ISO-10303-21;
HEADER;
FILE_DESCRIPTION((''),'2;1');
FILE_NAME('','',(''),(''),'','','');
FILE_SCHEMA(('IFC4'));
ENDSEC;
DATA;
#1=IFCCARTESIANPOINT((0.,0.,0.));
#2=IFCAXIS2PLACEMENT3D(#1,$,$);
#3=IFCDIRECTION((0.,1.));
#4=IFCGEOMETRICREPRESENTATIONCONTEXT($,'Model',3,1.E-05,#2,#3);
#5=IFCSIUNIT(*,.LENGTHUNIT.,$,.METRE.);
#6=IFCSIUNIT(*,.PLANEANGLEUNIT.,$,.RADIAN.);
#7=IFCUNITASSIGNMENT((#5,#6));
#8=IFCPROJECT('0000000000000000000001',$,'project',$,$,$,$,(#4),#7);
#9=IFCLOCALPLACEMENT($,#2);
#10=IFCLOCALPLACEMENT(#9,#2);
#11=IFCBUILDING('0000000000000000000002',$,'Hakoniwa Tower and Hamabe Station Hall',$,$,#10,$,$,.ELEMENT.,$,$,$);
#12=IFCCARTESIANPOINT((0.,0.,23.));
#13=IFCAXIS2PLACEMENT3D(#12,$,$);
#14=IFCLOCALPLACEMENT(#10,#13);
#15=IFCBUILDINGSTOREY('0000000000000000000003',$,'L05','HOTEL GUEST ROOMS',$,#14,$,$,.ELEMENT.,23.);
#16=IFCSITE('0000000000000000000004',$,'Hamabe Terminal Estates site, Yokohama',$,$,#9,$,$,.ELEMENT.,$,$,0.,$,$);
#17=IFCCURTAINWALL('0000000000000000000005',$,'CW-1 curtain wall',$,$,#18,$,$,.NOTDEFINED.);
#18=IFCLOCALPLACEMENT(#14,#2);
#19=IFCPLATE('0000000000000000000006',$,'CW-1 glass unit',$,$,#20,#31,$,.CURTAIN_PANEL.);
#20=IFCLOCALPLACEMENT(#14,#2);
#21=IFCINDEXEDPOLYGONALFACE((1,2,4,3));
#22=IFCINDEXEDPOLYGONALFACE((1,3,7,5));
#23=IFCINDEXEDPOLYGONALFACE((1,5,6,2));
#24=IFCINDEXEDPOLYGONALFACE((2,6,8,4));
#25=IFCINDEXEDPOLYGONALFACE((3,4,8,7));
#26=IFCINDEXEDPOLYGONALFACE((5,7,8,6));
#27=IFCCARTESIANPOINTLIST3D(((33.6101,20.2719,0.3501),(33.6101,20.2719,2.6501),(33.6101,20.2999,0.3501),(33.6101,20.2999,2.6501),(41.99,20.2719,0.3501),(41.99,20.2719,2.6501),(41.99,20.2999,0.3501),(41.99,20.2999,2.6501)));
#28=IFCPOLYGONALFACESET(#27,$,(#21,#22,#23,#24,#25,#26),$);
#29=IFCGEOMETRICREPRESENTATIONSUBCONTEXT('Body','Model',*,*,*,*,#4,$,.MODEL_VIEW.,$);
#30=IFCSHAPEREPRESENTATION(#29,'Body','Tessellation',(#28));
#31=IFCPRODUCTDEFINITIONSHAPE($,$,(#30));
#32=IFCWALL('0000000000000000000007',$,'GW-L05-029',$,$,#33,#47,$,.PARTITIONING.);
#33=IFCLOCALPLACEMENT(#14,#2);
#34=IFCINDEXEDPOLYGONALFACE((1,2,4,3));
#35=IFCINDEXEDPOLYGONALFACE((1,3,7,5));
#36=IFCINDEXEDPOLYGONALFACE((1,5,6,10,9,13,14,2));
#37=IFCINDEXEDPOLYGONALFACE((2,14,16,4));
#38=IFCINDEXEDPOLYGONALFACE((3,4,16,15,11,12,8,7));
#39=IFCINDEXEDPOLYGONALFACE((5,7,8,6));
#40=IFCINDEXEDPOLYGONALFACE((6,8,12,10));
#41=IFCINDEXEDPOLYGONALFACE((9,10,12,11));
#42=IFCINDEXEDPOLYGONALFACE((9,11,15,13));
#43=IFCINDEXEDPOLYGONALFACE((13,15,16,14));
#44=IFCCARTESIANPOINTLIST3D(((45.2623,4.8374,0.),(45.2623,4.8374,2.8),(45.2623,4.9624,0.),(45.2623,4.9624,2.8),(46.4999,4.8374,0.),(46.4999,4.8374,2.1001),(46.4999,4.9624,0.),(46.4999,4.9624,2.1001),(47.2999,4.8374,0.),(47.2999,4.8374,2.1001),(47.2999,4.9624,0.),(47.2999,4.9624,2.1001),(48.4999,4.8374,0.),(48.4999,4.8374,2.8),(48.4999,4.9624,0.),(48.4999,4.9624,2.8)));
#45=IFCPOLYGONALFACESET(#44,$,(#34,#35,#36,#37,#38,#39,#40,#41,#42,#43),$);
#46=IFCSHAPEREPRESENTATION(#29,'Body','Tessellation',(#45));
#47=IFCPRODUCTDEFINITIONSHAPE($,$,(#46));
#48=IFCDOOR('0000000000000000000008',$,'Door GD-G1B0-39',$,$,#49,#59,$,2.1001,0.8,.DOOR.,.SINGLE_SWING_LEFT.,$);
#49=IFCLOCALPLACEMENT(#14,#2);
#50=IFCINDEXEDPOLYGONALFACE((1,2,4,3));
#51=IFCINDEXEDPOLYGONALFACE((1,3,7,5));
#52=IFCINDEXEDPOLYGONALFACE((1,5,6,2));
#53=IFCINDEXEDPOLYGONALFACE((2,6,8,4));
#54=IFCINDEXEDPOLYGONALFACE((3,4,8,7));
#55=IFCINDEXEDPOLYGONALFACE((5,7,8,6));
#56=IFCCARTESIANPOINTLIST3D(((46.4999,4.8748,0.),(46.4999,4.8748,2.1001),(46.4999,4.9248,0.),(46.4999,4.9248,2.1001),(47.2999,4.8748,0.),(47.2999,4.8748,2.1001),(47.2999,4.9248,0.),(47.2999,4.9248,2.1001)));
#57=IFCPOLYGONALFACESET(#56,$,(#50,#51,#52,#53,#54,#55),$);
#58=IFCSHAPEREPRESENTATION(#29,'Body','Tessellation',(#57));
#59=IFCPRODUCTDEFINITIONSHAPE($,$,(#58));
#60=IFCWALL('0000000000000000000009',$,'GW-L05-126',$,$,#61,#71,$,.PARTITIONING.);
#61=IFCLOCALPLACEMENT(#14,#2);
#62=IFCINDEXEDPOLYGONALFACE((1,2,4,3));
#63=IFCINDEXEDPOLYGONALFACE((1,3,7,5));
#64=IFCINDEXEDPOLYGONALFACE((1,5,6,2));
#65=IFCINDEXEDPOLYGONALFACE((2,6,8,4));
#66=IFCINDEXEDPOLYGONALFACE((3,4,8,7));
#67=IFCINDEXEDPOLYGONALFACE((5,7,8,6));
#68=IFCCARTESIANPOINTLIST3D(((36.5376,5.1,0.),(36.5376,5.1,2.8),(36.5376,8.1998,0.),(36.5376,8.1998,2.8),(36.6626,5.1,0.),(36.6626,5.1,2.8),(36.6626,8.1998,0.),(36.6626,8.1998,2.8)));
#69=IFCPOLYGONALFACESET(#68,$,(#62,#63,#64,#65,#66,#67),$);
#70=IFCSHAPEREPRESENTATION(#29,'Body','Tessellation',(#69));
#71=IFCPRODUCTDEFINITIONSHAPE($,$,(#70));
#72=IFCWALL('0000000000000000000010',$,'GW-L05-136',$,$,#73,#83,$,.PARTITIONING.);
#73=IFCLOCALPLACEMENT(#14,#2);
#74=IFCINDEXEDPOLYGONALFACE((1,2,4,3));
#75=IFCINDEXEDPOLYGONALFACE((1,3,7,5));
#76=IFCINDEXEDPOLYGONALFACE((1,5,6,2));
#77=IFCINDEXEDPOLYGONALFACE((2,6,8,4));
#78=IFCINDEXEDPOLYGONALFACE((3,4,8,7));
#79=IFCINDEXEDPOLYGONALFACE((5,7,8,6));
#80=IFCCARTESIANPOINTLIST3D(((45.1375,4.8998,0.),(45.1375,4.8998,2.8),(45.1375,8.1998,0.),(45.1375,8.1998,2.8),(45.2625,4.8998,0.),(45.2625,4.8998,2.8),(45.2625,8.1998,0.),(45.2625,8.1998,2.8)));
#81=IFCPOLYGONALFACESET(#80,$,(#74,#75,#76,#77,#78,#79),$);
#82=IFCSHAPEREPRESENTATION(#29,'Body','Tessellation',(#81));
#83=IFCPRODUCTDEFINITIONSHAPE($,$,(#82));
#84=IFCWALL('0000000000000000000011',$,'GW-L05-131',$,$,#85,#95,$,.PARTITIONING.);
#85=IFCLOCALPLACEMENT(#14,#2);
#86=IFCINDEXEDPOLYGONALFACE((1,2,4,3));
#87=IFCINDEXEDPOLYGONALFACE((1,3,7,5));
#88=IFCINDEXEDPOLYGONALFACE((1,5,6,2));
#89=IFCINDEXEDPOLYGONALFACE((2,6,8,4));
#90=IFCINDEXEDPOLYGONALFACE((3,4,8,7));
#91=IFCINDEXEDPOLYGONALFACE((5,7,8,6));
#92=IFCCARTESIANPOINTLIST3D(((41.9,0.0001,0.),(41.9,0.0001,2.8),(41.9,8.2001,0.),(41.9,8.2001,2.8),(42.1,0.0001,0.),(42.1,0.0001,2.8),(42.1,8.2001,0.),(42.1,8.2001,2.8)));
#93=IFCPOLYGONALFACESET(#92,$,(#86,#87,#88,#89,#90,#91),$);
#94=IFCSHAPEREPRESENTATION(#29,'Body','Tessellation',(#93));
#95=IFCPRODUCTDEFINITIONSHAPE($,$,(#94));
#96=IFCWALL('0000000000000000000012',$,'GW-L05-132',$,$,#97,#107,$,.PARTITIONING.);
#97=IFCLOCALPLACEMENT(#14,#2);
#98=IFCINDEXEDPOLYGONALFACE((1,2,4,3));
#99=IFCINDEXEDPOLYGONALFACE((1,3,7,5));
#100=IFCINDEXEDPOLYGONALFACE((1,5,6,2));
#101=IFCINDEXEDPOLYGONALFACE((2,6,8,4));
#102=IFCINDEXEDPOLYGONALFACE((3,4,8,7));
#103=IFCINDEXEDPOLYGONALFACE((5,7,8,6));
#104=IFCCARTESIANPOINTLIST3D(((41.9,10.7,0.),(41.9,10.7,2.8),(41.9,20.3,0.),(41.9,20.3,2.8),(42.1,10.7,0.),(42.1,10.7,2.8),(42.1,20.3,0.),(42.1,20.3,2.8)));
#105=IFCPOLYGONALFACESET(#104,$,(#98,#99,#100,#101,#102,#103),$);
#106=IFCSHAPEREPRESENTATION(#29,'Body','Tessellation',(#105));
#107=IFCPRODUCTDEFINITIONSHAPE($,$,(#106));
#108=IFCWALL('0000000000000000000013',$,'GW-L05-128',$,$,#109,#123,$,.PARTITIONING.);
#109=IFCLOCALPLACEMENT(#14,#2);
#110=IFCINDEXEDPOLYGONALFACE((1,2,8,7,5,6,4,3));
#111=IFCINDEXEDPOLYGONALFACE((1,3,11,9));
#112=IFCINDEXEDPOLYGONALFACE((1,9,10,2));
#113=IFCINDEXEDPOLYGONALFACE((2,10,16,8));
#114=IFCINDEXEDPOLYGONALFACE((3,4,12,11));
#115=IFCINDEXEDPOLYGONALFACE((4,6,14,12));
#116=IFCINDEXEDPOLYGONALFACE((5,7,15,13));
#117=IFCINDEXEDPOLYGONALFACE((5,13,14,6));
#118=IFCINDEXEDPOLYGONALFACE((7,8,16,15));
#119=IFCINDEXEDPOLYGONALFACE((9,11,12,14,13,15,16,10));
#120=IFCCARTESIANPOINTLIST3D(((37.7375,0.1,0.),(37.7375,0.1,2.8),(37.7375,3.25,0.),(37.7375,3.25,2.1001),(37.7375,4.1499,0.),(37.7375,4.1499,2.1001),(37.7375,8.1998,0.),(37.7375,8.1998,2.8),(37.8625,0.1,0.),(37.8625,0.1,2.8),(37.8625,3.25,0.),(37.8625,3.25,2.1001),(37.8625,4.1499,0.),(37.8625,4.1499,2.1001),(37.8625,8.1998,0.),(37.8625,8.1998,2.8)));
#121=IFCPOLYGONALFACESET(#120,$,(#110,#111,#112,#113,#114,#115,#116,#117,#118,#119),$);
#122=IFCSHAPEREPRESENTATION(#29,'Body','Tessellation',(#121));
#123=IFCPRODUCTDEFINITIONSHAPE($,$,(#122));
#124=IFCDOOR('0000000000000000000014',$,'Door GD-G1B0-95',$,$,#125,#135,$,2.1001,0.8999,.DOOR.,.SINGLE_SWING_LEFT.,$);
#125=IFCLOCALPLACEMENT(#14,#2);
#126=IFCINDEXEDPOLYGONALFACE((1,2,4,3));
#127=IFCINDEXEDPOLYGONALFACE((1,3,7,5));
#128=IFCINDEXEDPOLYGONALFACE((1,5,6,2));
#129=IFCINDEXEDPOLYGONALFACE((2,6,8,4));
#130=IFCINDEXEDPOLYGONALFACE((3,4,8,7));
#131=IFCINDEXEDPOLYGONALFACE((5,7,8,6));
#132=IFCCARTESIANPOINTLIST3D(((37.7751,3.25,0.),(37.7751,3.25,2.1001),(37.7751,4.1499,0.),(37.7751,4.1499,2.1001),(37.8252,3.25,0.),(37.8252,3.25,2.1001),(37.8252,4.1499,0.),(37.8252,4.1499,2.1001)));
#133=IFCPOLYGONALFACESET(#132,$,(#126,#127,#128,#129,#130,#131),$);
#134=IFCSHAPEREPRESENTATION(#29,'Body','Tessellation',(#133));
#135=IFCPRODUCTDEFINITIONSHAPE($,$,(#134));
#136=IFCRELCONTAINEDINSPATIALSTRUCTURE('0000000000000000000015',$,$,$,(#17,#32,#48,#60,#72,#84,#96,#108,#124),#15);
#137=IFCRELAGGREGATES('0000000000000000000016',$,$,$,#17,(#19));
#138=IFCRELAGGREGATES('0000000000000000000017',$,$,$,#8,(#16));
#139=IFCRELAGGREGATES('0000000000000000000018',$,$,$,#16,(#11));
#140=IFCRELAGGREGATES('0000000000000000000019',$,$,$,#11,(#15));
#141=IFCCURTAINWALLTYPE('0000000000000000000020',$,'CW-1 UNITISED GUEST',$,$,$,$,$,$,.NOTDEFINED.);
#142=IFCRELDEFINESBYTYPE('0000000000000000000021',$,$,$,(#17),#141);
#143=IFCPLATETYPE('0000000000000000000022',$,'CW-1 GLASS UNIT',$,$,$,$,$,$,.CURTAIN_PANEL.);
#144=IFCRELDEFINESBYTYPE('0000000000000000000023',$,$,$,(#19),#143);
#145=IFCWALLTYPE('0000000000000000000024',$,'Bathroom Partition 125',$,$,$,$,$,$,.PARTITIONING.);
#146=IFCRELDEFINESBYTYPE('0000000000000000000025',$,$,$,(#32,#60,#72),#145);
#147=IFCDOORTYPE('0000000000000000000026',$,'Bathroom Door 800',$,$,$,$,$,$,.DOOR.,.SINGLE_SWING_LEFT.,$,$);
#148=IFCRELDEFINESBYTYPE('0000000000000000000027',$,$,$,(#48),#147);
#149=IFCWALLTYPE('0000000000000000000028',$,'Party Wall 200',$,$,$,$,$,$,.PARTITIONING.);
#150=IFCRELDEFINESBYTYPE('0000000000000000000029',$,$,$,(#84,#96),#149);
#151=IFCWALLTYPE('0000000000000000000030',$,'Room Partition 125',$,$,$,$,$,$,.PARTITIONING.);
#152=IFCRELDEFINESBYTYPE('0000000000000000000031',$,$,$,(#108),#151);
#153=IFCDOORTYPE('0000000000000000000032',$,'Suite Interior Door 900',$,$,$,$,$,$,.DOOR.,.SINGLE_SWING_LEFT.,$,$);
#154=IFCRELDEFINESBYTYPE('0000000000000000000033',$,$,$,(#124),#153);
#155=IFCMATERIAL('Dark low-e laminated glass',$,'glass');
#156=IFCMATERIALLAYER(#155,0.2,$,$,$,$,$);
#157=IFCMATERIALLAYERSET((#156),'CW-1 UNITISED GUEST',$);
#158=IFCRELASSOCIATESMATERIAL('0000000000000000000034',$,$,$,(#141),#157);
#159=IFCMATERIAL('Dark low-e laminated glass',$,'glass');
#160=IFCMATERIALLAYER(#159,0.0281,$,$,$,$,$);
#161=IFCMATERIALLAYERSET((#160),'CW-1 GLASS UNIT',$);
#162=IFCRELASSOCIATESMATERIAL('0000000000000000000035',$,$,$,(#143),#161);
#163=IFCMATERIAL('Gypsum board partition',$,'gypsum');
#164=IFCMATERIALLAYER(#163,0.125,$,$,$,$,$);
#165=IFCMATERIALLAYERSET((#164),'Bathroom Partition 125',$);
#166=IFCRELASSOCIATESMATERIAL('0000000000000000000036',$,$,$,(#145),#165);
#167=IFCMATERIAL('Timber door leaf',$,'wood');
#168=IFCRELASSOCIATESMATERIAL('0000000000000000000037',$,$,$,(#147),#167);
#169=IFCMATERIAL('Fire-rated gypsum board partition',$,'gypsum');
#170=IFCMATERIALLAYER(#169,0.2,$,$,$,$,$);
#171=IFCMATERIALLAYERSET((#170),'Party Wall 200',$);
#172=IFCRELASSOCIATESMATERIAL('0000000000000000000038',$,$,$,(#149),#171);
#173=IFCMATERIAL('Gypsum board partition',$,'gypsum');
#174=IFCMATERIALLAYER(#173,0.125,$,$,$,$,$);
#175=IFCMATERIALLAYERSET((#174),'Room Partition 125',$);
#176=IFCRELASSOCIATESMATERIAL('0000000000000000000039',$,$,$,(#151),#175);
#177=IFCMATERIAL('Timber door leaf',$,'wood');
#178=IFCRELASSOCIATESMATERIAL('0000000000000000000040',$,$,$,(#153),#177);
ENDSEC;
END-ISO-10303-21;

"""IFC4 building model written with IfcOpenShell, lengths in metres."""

from ifc_helpers import new_model, si_unit, direction, frame, frame_2d, origin, origin_2d, place, context, subcontext, project, spatial, rectangle, extrude, material, layer, layer_set, type_object, element, fill, aggregate, save


model = new_model("IFC4")

# Units and contexts
model_context = context("Model", 3, precision=1e-05, world=origin(), true_north=direction((0.0, 1.0)))
body_context = subcontext(model_context, "Body", "Model", "MODEL_VIEW")
ifc_project = project(units=[si_unit("LENGTHUNIT", "METRE"), si_unit("PLANEANGLEUNIT", "RADIAN")], contexts=[model_context])

# Site, building, storey
site_placement = place(None, origin())
site = spatial("IfcSite", under=ifc_project, at=site_placement, Name="Hamabe Terminal Estates site, Yokohama", CompositionType="ELEMENT", RefElevation=0.0)
building_placement = place(site_placement, origin())
building = spatial("IfcBuilding", under=site, at=building_placement, Name="Hakoniwa Tower and Hamabe Station Hall", CompositionType="ELEMENT")
storey_placement = place(building_placement, frame((0.0, 0.0, 23.0)))
storey = spatial("IfcBuildingStorey", under=building, at=storey_placement, Name="L05", Description="HOTEL GUEST ROOMS", CompositionType="ELEMENT", Elevation=23.0)

# Curtain wall
ifc_material_1 = material(Name="Dark low-e laminated glass", Category="glass")
ifc_layer_1 = layer(ifc_material_1, 0.2)
ifc_layer_set_1 = layer_set([ifc_layer_1], Name="CW-1 UNITISED GUEST")
curtain_wall_type = type_object("IfcCurtainWallType", Name="CW-1 UNITISED GUEST", PredefinedType="NOTDEFINED", material=ifc_layer_set_1)
curtain_wall_1_placement = place(storey_placement, origin())
curtain_wall_1 = element("IfcCurtainWall", 1, at=curtain_wall_1_placement, inside=storey, type_object=curtain_wall_type, Name="CW-1 curtain wall", PredefinedType="NOTDEFINED")

# Plate
ifc_material_2 = material(Name="Dark low-e laminated glass", Category="glass")
ifc_layer_2 = layer(ifc_material_2, 0.0281)
ifc_layer_set_2 = layer_set([ifc_layer_2], Name="CW-1 GLASS UNIT")
plate_type = type_object("IfcPlateType", Name="CW-1 GLASS UNIT", PredefinedType="CURTAIN_PANEL", material=ifc_layer_set_2)
plate_1_placement = place(storey_placement, frame((37.8, 20.2859, 0.3501), z_axis=(0.0, 0.0, 1.0), x_axis=(-1.0, 0.0, 0.0)))
plate_1 = element("IfcPlate", 2, at=plate_1_placement, type_object=plate_type, Name="CW-1 glass unit", PredefinedType="CURTAIN_PANEL", context=body_context, shape_type="SweptSolid", body=[
    extrude(rectangle(XDim=8.3799, YDim=0.0281, at=origin_2d()), origin(), (0.0, 0.0, 1.0), 2.3),
])
aggregate(curtain_wall_1, [plate_1])

# Wall, opening, door
ifc_material_3 = material(Name="Gypsum board partition", Category="gypsum")
ifc_layer_3 = layer(ifc_material_3, 0.125)
ifc_layer_set_3 = layer_set([ifc_layer_3], Name="Bathroom Partition 125")
wall_type_1 = type_object("IfcWallType", Name="Bathroom Partition 125", PredefinedType="PARTITIONING", material=ifc_layer_set_3)
wall_1_placement = place(storey_placement, frame((45.2625, 4.8999, 0.0), z_axis=(0.0, 0.0, 1.0), x_axis=(1.0, 0.0, 0.0)))
wall_1 = element("IfcWall", 3, at=wall_1_placement, inside=storey, type_object=wall_type_1, Name="GW-L05-029", PredefinedType="PARTITIONING", context=body_context, shape_type="SweptSolid", body=[
    extrude(rectangle(XDim=3.2375, YDim=0.125, at=frame_2d((1.6187, 0.0))), origin(), (0.0, 0.0, 1.0), 2.8),
])
opening_1_placement = place(wall_1_placement, frame((1.2375, 0.0, 0.0)))
opening_1 = element("IfcOpeningElement", 4, at=opening_1_placement, cuts=wall_1, PredefinedType="OPENING", context=body_context, shape_type="SweptSolid", body=[
    extrude(rectangle(XDim=0.8, YDim=2.1001, at=frame_2d((0.3999, 1.05))), frame((0.0, 0.0725, 0.0), z_axis=(0.0, -1.0, 0.0), x_axis=(1.0, 0.0, 0.0)), (0.0, 0.0, 1.0), 0.145),
])
ifc_material_4 = material(Name="Timber door leaf", Category="wood")
door_type_1 = type_object("IfcDoorType", Name="Bathroom Door 800", OperationType="SINGLE_SWING_LEFT", PredefinedType="DOOR", material=ifc_material_4)
door_1_placement = place(opening_1_placement, origin())
door_1 = element("IfcDoor", 5, at=door_1_placement, inside=storey, type_object=door_type_1, Name="Door GD-G1B0-39", OperationType="SINGLE_SWING_LEFT", OverallHeight=2.1001, OverallWidth=0.8, PredefinedType="DOOR", context=body_context, shape_type="SweptSolid", body=[
    extrude(rectangle(XDim=0.8, YDim=2.1001, at=frame_2d((0.3999, 1.05))), frame((0.0, 0.0249, 0.0), z_axis=(0.0, -1.0, 0.0), x_axis=(1.0, 0.0, 0.0)), (0.0, 0.0, 1.0), 0.05),
])
fill(opening_1, door_1)

# Walls
wall_2_placement = place(storey_placement, frame((36.6001, 5.1001, 0.0), z_axis=(0.0, 0.0, 1.0), x_axis=(0.0, 1.0, 0.0)))
element("IfcWall", 6, at=wall_2_placement, inside=storey, type_object=wall_type_1, Name="GW-L05-126", PredefinedType="PARTITIONING", context=body_context, shape_type="SweptSolid", body=[
    extrude(rectangle(XDim=3.0999, YDim=0.125, at=frame_2d((1.5498, 0.0))), origin(), (0.0, 0.0, 1.0), 2.8),
])
wall_3_placement = place(storey_placement, frame((45.2, 4.8999, 0.0), z_axis=(0.0, 0.0, 1.0), x_axis=(0.0, 1.0, 0.0)))
element("IfcWall", 7, at=wall_3_placement, inside=storey, type_object=wall_type_1, Name="GW-L05-136", PredefinedType="PARTITIONING", context=body_context, shape_type="SweptSolid", body=[
    extrude(rectangle(XDim=3.3, YDim=0.125, at=frame_2d((1.6499, 0.0))), origin(), (0.0, 0.0, 1.0), 2.8),
])
ifc_material_5 = material(Name="Fire-rated gypsum board partition", Category="gypsum")
ifc_layer_4 = layer(ifc_material_5, 0.2)
ifc_layer_set_4 = layer_set([ifc_layer_4], Name="Party Wall 200")
wall_type_2 = type_object("IfcWallType", Name="Party Wall 200", PredefinedType="PARTITIONING", material=ifc_layer_set_4)
wall_4_placement = place(storey_placement, frame((42.0, 0.0, 0.0), z_axis=(0.0, 0.0, 1.0), x_axis=(0.0, 1.0, 0.0)))
element("IfcWall", 8, at=wall_4_placement, inside=storey, type_object=wall_type_2, Name="GW-L05-131", PredefinedType="PARTITIONING", context=body_context, shape_type="SweptSolid", body=[
    extrude(rectangle(XDim=8.2, YDim=0.2, at=frame_2d((4.1001, 0.0))), origin(), (0.0, 0.0, 1.0), 2.8),
])
wall_5_placement = place(storey_placement, frame((42.0, 10.7, 0.0), z_axis=(0.0, 0.0, 1.0), x_axis=(0.0, 1.0, 0.0)))
element("IfcWall", 9, at=wall_5_placement, inside=storey, type_object=wall_type_2, Name="GW-L05-132", PredefinedType="PARTITIONING", context=body_context, shape_type="SweptSolid", body=[
    extrude(rectangle(XDim=9.6001, YDim=0.2, at=frame_2d((4.8, 0.0))), origin(), (0.0, 0.0, 1.0), 2.8),
])

# Wall, opening, door
ifc_material_6 = material(Name="Gypsum board partition", Category="gypsum")
ifc_layer_5 = layer(ifc_material_6, 0.125)
ifc_layer_set_5 = layer_set([ifc_layer_5], Name="Room Partition 125")
wall_type_3 = type_object("IfcWallType", Name="Room Partition 125", PredefinedType="PARTITIONING", material=ifc_layer_set_5)
wall_6_placement = place(storey_placement, frame((37.8, 0.1001, 0.0), z_axis=(0.0, 0.0, 1.0), x_axis=(0.0, 1.0, 0.0)))
wall_6 = element("IfcWall", 10, at=wall_6_placement, inside=storey, type_object=wall_type_3, Name="GW-L05-128", PredefinedType="PARTITIONING", context=body_context, shape_type="SweptSolid", body=[
    extrude(rectangle(XDim=8.0999, YDim=0.125, at=frame_2d((4.0498, 0.0))), origin(), (0.0, 0.0, 1.0), 2.8),
])
opening_2_placement = place(wall_6_placement, frame((3.1499, 0.0, 0.0)))
opening_2 = element("IfcOpeningElement", 11, at=opening_2_placement, cuts=wall_6, PredefinedType="OPENING", context=body_context, shape_type="SweptSolid", body=[
    extrude(rectangle(XDim=0.8999, YDim=2.1001, at=frame_2d((0.45, 1.05))), frame((0.0, 0.0725, 0.0), z_axis=(0.0, -1.0, 0.0), x_axis=(1.0, 0.0, 0.0)), (0.0, 0.0, 1.0), 0.145),
])
ifc_material_7 = material(Name="Timber door leaf", Category="wood")
door_type_2 = type_object("IfcDoorType", Name="Suite Interior Door 900", OperationType="SINGLE_SWING_LEFT", PredefinedType="DOOR", material=ifc_material_7)
door_2_placement = place(opening_2_placement, origin())
door_2 = element("IfcDoor", 12, at=door_2_placement, inside=storey, type_object=door_type_2, Name="Door GD-G1B0-95", OperationType="SINGLE_SWING_LEFT", OverallHeight=2.1001, OverallWidth=0.8999, PredefinedType="DOOR", context=body_context, shape_type="SweptSolid", body=[
    extrude(rectangle(XDim=0.8999, YDim=2.1001, at=frame_2d((0.45, 1.05))), frame((0.0, 0.0249, 0.0), z_axis=(0.0, -1.0, 0.0), x_axis=(1.0, 0.0, 0.0)), (0.0, 0.0, 1.0), 0.05),
])
fill(opening_2, door_2)

save(model, "model.ifc")
